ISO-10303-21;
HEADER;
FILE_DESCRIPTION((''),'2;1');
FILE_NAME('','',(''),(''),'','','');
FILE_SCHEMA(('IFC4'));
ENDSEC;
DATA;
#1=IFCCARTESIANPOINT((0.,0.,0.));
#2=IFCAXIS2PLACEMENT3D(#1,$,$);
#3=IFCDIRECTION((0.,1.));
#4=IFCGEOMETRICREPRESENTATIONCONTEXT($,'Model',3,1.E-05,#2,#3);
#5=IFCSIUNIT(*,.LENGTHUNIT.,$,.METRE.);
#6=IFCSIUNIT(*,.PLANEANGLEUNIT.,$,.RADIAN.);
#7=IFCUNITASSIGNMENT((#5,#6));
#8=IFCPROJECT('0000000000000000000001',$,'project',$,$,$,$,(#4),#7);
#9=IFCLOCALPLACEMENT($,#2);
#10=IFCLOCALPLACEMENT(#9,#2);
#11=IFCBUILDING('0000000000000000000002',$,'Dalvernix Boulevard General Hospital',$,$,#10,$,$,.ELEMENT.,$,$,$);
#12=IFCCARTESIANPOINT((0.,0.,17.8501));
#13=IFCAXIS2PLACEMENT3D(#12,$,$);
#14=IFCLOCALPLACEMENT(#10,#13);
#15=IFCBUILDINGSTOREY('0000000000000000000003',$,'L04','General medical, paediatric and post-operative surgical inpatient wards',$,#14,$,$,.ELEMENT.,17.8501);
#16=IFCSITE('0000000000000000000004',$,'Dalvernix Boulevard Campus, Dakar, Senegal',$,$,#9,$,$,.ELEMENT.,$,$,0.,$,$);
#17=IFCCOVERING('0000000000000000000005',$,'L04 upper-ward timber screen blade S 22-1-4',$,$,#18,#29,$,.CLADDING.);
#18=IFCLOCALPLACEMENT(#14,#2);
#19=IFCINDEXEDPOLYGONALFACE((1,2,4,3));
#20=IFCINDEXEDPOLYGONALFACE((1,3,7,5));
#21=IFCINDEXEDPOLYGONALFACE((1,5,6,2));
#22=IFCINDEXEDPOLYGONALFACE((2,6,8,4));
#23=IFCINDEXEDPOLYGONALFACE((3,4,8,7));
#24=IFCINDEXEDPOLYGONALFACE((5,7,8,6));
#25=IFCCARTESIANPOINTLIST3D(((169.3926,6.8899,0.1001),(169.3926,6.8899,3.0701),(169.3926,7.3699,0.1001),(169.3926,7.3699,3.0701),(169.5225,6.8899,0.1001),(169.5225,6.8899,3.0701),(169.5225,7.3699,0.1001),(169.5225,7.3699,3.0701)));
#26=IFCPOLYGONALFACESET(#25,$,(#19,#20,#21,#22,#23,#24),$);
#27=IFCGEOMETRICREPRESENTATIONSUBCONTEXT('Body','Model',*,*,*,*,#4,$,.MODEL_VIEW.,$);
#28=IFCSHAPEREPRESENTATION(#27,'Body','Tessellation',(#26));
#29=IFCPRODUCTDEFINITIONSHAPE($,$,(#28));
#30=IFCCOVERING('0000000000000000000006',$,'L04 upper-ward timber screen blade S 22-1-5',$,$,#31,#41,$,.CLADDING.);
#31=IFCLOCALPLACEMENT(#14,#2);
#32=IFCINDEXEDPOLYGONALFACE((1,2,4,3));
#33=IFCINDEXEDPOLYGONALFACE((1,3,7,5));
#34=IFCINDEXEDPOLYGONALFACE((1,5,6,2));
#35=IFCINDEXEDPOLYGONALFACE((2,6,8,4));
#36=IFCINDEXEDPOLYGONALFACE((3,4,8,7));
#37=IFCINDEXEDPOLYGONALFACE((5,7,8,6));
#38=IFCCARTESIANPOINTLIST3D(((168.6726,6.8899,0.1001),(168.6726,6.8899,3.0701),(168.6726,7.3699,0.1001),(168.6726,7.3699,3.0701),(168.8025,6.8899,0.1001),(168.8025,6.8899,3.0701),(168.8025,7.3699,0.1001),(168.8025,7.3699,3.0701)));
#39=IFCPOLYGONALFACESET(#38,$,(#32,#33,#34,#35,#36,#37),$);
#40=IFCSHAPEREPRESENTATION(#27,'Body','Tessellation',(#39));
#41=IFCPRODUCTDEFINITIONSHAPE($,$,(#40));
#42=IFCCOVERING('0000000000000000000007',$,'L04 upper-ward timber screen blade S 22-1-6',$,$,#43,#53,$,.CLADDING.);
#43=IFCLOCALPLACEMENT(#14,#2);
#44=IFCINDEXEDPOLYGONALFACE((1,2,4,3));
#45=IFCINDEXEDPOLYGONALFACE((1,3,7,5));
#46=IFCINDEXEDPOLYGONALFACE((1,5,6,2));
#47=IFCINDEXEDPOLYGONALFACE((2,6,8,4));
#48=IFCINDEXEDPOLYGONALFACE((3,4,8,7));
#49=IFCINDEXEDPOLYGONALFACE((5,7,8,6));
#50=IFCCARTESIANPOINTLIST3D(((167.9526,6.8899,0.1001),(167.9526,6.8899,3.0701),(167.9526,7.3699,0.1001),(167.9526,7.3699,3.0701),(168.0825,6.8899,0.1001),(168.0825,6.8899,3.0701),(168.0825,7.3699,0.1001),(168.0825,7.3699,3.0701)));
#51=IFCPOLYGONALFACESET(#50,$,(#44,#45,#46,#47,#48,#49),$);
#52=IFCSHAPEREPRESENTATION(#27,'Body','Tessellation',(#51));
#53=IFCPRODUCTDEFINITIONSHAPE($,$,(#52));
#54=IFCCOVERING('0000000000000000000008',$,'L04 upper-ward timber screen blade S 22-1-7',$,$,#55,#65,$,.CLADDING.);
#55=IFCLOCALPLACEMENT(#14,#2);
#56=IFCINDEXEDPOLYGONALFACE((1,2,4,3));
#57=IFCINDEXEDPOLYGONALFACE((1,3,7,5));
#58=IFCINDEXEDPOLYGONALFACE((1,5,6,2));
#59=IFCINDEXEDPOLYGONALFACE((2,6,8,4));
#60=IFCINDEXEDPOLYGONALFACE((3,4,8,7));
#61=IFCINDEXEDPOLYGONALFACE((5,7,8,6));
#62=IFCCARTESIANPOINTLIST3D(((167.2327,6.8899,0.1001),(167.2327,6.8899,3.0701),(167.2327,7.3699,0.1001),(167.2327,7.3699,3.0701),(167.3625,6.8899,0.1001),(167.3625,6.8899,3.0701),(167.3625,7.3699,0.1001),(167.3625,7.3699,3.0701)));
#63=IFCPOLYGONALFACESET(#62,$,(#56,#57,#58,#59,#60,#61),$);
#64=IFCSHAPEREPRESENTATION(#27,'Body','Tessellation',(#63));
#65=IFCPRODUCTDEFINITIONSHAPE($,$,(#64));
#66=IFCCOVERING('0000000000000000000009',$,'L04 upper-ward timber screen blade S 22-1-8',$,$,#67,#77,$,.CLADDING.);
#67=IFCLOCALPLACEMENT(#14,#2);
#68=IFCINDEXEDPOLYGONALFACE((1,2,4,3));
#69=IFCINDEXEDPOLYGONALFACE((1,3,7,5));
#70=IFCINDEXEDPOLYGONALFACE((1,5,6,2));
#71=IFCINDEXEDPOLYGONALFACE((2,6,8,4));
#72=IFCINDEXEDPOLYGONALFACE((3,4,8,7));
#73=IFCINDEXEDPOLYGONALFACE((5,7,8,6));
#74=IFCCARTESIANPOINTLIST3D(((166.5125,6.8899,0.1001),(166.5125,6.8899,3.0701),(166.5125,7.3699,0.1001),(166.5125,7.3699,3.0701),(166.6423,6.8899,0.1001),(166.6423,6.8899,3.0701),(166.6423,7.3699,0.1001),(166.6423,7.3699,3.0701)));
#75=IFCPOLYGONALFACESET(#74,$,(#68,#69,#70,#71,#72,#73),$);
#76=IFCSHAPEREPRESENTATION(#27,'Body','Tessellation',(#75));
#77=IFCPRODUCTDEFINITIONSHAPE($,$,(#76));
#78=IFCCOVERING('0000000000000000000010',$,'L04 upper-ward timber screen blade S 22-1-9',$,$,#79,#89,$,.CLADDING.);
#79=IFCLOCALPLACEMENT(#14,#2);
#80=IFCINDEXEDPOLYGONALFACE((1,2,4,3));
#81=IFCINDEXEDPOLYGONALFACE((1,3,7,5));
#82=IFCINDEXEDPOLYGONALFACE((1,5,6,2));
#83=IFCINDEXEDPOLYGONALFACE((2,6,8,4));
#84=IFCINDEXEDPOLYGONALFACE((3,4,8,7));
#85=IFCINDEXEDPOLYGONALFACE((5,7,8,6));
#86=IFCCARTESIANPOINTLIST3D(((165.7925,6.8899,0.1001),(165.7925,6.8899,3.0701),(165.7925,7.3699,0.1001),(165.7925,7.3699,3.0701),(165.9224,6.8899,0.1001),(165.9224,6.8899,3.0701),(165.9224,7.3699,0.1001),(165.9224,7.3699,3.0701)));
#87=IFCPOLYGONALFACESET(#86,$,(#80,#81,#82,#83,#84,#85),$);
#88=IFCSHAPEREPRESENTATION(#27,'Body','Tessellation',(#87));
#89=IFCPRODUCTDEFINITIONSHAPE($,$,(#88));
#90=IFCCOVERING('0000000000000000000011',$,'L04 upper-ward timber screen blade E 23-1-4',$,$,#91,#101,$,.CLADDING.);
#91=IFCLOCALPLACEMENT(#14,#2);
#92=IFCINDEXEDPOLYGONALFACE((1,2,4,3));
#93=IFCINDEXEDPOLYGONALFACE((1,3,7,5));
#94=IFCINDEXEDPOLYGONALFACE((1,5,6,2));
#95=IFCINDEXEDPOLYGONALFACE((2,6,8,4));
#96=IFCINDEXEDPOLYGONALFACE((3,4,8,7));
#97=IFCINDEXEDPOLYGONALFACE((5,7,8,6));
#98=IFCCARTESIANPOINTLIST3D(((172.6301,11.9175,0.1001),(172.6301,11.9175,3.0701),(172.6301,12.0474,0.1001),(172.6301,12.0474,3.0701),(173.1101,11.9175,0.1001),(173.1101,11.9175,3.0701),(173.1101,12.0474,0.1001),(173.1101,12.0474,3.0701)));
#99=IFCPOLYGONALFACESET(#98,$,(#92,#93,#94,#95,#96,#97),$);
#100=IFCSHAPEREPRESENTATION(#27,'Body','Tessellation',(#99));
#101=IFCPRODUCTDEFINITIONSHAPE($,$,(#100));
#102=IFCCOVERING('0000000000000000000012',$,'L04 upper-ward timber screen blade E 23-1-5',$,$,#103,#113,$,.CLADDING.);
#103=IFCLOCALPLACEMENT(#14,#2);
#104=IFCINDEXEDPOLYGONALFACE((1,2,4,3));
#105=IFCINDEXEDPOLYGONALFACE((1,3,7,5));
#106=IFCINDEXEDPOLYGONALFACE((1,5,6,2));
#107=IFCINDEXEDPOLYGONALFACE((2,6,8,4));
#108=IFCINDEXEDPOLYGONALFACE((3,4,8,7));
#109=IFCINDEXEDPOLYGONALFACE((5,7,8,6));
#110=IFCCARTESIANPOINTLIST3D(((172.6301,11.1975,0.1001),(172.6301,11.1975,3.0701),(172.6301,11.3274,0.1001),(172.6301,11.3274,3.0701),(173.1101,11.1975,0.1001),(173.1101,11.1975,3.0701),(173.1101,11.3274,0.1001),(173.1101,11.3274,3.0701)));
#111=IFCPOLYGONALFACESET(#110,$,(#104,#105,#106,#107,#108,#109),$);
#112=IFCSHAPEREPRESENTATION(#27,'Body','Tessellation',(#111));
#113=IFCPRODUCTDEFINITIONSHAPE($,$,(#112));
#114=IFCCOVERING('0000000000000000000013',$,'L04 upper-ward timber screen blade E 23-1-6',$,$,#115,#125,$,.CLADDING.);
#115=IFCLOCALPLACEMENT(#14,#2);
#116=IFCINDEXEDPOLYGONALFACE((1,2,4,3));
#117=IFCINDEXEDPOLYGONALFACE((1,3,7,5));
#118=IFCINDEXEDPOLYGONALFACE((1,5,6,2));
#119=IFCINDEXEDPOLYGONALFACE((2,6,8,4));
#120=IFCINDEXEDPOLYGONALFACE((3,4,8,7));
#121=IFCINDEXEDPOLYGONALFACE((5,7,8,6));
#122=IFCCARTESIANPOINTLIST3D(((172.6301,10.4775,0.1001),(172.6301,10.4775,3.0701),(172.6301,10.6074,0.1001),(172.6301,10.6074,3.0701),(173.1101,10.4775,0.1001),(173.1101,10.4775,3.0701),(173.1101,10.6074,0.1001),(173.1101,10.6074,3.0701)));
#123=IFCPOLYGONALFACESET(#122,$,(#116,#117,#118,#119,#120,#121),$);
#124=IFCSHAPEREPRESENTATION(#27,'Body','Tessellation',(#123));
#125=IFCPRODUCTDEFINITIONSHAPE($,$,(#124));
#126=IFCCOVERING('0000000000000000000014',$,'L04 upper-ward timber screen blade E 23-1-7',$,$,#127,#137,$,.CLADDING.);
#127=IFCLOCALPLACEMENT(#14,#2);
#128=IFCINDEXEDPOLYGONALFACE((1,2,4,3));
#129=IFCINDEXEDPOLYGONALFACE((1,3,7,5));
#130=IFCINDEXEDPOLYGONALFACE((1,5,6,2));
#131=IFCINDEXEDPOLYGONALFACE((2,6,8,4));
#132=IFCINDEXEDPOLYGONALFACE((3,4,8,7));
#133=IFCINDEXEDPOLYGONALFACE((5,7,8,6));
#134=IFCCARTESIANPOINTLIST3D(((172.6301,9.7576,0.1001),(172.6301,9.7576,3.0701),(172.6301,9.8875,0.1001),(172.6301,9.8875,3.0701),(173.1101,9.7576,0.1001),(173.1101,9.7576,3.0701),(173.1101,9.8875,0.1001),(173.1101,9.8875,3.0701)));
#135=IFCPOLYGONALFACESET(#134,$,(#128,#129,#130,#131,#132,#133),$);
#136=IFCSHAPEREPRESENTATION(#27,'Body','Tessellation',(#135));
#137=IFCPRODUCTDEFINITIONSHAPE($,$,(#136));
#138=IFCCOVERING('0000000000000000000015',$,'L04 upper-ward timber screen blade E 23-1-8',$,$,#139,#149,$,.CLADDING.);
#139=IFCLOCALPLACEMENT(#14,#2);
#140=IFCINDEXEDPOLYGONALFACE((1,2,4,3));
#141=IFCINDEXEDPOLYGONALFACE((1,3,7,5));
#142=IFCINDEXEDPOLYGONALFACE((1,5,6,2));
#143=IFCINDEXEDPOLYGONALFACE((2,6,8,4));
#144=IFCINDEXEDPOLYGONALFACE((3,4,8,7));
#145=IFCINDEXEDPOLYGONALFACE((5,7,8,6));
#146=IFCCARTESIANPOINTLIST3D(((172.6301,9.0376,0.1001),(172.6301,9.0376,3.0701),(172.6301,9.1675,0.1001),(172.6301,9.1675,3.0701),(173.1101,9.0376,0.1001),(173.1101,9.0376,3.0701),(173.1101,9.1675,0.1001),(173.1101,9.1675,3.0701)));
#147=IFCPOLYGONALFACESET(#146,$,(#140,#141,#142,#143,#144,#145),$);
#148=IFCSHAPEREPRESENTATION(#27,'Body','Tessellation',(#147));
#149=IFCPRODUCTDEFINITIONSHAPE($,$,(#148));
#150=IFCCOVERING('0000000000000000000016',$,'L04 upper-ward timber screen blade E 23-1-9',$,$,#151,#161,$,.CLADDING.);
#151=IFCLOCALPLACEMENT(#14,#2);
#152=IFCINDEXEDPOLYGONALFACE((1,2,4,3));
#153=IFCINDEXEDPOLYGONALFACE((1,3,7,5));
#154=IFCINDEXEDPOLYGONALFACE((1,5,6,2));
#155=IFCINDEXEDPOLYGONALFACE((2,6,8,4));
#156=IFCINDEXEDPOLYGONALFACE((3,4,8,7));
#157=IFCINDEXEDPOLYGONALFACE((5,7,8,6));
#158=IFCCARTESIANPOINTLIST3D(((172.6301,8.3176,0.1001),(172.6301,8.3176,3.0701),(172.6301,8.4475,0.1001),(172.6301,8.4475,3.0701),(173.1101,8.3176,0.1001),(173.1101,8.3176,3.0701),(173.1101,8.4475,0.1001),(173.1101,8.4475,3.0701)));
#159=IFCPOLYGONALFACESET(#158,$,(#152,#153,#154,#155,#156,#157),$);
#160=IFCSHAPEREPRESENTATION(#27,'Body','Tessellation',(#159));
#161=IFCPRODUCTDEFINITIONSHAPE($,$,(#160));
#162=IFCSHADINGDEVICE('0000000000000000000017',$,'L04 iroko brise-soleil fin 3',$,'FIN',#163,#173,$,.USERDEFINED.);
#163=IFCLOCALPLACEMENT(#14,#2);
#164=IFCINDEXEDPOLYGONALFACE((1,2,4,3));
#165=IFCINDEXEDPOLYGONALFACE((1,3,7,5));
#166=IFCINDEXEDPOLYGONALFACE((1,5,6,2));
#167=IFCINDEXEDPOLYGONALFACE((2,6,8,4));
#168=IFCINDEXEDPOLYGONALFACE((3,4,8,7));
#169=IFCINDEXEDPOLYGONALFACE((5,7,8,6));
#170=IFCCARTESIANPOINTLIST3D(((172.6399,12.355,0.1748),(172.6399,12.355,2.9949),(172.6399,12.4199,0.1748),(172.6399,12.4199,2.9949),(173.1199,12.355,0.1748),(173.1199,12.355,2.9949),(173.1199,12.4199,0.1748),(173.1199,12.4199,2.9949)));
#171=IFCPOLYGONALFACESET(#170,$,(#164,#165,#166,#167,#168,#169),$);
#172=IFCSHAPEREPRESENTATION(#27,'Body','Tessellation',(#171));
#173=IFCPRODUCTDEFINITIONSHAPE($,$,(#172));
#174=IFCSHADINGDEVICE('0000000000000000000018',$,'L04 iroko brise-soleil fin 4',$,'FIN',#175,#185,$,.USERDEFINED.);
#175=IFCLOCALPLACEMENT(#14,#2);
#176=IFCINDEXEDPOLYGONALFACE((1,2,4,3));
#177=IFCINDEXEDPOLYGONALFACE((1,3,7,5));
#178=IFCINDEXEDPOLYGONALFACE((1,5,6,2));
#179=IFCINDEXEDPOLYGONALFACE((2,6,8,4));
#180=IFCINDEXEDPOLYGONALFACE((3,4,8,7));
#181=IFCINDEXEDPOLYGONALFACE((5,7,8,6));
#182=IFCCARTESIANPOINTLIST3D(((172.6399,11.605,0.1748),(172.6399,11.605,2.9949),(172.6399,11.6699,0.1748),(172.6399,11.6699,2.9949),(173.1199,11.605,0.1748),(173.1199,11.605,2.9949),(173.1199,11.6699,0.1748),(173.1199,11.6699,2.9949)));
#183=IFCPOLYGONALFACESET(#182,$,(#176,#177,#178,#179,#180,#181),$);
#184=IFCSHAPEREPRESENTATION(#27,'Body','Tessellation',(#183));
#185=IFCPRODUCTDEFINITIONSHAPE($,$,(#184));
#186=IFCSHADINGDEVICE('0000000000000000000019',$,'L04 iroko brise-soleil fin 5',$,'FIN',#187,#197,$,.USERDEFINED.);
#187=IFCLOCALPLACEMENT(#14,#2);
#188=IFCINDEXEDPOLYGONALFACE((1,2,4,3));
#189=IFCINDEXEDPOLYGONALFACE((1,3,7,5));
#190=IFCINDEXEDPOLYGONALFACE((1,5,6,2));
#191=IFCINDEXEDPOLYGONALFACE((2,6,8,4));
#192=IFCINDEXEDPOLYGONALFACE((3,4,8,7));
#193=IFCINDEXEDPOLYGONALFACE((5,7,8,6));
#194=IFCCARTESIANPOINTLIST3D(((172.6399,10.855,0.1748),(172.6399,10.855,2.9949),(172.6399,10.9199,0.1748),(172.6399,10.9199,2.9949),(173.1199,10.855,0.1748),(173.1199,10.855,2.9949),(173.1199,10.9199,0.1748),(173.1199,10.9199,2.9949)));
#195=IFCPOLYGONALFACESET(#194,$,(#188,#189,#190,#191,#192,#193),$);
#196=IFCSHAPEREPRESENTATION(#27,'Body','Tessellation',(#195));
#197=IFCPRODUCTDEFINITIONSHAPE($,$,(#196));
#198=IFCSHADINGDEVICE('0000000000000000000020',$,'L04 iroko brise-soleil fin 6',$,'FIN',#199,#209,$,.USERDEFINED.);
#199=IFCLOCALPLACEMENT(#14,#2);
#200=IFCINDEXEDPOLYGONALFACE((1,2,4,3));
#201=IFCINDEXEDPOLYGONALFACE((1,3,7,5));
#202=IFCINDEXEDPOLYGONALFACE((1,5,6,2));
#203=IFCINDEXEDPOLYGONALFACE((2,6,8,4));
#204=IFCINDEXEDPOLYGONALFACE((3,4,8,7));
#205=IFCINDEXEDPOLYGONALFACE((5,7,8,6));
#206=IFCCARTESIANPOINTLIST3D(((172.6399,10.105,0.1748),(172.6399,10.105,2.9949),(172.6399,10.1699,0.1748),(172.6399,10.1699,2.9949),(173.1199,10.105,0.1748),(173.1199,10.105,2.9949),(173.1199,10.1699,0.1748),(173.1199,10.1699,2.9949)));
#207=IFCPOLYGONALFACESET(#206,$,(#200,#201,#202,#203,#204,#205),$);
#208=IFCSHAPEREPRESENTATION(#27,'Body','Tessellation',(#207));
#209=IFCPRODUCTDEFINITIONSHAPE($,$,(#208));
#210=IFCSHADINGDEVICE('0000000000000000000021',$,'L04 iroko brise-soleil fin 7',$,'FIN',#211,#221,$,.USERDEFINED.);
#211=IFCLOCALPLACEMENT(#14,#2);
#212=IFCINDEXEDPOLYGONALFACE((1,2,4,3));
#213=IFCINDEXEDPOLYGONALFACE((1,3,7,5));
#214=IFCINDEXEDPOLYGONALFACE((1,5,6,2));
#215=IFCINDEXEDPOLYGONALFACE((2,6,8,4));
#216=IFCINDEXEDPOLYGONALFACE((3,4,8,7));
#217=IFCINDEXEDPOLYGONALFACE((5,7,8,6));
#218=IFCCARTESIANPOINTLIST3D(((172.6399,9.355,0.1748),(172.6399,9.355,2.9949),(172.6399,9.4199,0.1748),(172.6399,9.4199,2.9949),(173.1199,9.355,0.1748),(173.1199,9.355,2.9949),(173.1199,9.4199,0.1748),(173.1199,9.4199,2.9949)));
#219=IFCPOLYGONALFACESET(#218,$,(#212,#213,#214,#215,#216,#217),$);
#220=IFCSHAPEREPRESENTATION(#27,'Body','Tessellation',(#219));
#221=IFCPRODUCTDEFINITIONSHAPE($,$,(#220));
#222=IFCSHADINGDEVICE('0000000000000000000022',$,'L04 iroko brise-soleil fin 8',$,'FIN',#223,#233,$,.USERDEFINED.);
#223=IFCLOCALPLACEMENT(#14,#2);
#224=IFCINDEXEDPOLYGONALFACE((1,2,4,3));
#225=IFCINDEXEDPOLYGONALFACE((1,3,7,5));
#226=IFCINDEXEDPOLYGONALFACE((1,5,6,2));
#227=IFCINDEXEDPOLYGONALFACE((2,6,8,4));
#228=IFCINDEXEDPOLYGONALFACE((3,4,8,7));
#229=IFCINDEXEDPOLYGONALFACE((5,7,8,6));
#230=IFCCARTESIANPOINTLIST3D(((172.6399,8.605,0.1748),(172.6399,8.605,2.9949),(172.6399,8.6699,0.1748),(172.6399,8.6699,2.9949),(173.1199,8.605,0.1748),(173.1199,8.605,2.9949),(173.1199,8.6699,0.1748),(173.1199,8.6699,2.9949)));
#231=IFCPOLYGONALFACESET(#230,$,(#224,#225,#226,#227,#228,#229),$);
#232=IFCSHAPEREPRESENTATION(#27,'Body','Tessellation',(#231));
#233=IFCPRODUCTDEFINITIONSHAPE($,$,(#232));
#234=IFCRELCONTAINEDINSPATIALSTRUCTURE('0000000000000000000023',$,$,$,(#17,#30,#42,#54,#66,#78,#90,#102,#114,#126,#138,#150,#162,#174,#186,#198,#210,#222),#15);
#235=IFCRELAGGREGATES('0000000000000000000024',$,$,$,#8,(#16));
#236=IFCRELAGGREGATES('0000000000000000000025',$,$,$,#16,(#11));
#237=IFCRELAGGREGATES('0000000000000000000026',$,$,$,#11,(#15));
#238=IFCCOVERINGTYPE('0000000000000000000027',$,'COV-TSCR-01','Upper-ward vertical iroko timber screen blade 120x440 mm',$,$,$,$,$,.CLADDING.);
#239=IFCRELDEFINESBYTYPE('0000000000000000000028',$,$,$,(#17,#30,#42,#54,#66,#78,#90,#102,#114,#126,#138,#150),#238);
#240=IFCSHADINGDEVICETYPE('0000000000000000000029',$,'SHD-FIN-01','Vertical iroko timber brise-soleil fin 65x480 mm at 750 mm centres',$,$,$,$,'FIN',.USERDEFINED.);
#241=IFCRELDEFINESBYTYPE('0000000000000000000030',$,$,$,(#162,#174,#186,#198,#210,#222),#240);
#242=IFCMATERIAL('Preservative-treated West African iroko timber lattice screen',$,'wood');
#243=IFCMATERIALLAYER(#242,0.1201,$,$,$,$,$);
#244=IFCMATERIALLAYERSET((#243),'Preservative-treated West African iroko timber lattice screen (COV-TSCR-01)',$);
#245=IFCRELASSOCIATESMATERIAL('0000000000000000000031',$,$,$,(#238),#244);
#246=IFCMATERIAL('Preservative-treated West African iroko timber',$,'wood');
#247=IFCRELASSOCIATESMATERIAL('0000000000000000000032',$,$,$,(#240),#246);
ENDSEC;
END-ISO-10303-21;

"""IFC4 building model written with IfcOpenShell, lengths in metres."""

from ifc_helpers import new_model, si_unit, direction, frame, origin, origin_2d, place, context, subcontext, project, spatial, rectangle, extrude, material, layer, layer_set, type_object, element, save


model = new_model("IFC4")

# Units and contexts
model_context = context("Model", 3, precision=1e-05, world=origin(), true_north=direction((0.0, 1.0)))
body_context = subcontext(model_context, "Body", "Model", "MODEL_VIEW")
ifc_project = project(units=[si_unit("LENGTHUNIT", "METRE"), si_unit("PLANEANGLEUNIT", "RADIAN")], contexts=[model_context])

# Site, building, storey
site_placement = place(None, origin())
site = spatial("IfcSite", under=ifc_project, at=site_placement, Name="Dalvernix Boulevard Campus, Dakar, Senegal", CompositionType="ELEMENT", RefElevation=0.0)
building_placement = place(site_placement, origin())
building = spatial("IfcBuilding", under=site, at=building_placement, Name="Dalvernix Boulevard General Hospital", CompositionType="ELEMENT")
storey_placement = place(building_placement, frame((0.0, 0.0, 17.8501)))
storey = spatial("IfcBuildingStorey", under=building, at=storey_placement, Name="L04", Description="General medical, paediatric and post-operative surgical inpatient wards", CompositionType="ELEMENT", Elevation=17.8501)

# Coverings
ifc_material_1 = material(Name="Preservative-treated West African iroko timber lattice screen", Category="wood")
ifc_layer_1 = layer(ifc_material_1, 0.1201)
ifc_layer_set_1 = layer_set([ifc_layer_1], Name="Preservative-treated West African iroko timber lattice screen (COV-TSCR-01)")
covering_type_1 = type_object("IfcCoveringType", Name="COV-TSCR-01", Description="Upper-ward vertical iroko timber screen blade 120x440 mm", PredefinedType="CLADDING", material=ifc_layer_set_1)
for number, where, z_axis, x_axis, name in (
    (1, (169.4575, 7.1299, 0.1001), (0.0, 0.0, 1.0), (-1.0, 0.0, 0.0), "L04 upper-ward timber screen blade S 22-1-4"),
    (2, (168.7375, 7.1299, 0.1001), (0.0, 0.0, 1.0), (-1.0, 0.0, 0.0), "L04 upper-ward timber screen blade S 22-1-5"),
    (3, (168.0176, 7.1299, 0.1001), (0.0, 0.0, 1.0), (-1.0, 0.0, 0.0), "L04 upper-ward timber screen blade S 22-1-6"),
    (4, (167.2976, 7.1299, 0.1001), (0.0, 0.0, 1.0), (-1.0, 0.0, 0.0), "L04 upper-ward timber screen blade S 22-1-7"),
    (5, (166.5774, 7.1299, 0.1001), (0.0, 0.0, 1.0), (-1.0, 0.0, 0.0), "L04 upper-ward timber screen blade S 22-1-8"),
    (6, (165.8574, 7.1299, 0.1001), (0.0, 0.0, 1.0), (-1.0, 0.0, 0.0), "L04 upper-ward timber screen blade S 22-1-9"),
    (7, (172.8701, 11.9824, 0.1001), (0.0, 0.0, 1.0), (0.0, -1.0, 0.0), "L04 upper-ward timber screen blade E 23-1-4"),
    (8, (172.8701, 11.2625, 0.1001), (0.0, 0.0, 1.0), (0.0, -1.0, 0.0), "L04 upper-ward timber screen blade E 23-1-5"),
    (9, (172.8701, 10.5425, 0.1001), (0.0, 0.0, 1.0), (0.0, -1.0, 0.0), "L04 upper-ward timber screen blade E 23-1-6"),
    (10, (172.8701, 9.8225, 0.1001), (0.0, 0.0, 1.0), (0.0, -1.0, 0.0), "L04 upper-ward timber screen blade E 23-1-7"),
    (11, (172.8701, 9.1025, 0.1001), (0.0, 0.0, 1.0), (0.0, -1.0, 0.0), "L04 upper-ward timber screen blade E 23-1-8"),
    (12, (172.8701, 8.3826, 0.1001), (0.0, 0.0, 1.0), (0.0, -1.0, 0.0), "L04 upper-ward timber screen blade E 23-1-9"),
):
    element("IfcCovering", number, at=place(storey_placement, frame(where, z_axis=z_axis, x_axis=x_axis)), inside=storey, type_object=covering_type_1, Name=name, PredefinedType="CLADDING", context=body_context, shape_type="SweptSolid", body=[
        extrude(rectangle(XDim=0.1299, YDim=0.48, at=origin_2d()), origin(), (0.0, 0.0, 1.0), 2.97),
    ])

# Shading devices
ifc_material_2 = material(Name="Preservative-treated West African iroko timber", Category="wood")
shading_device_type = type_object("IfcShadingDeviceType", Name="SHD-FIN-01", Description="Vertical iroko timber brise-soleil fin 65x480 mm at 750 mm centres", ElementType="FIN", PredefinedType="USERDEFINED", material=ifc_material_2)
for number, where, z_axis, x_axis, name in (
    (13, (172.8799, 12.3875, 0.1748), (0.0, 0.0, 1.0), (0.0, -1.0, 0.0), "L04 iroko brise-soleil fin 3"),
    (14, (172.8799, 11.6375, 0.1748), (0.0, 0.0, 1.0), (0.0, -1.0, 0.0), "L04 iroko brise-soleil fin 4"),
    (15, (172.8799, 10.8875, 0.1748), (0.0, 0.0, 1.0), (0.0, -1.0, 0.0), "L04 iroko brise-soleil fin 5"),
    (16, (172.8799, 10.1375, 0.1748), (0.0, 0.0, 1.0), (0.0, -1.0, 0.0), "L04 iroko brise-soleil fin 6"),
    (17, (172.8799, 9.3875, 0.1748), (0.0, 0.0, 1.0), (0.0, -1.0, 0.0), "L04 iroko brise-soleil fin 7"),
    (18, (172.8799, 8.6375, 0.1748), (0.0, 0.0, 1.0), (0.0, -1.0, 0.0), "L04 iroko brise-soleil fin 8"),
):
    element("IfcShadingDevice", number, at=place(storey_placement, frame(where, z_axis=z_axis, x_axis=x_axis)), inside=storey, type_object=shading_device_type, Name=name, ObjectType="FIN", PredefinedType="USERDEFINED", context=body_context, shape_type="SweptSolid", body=[
        extrude(rectangle(XDim=0.0649, YDim=0.48, at=origin_2d()), origin(), (0.0, 0.0, 1.0), 2.8201),
    ])

save(model, "model.ifc")
